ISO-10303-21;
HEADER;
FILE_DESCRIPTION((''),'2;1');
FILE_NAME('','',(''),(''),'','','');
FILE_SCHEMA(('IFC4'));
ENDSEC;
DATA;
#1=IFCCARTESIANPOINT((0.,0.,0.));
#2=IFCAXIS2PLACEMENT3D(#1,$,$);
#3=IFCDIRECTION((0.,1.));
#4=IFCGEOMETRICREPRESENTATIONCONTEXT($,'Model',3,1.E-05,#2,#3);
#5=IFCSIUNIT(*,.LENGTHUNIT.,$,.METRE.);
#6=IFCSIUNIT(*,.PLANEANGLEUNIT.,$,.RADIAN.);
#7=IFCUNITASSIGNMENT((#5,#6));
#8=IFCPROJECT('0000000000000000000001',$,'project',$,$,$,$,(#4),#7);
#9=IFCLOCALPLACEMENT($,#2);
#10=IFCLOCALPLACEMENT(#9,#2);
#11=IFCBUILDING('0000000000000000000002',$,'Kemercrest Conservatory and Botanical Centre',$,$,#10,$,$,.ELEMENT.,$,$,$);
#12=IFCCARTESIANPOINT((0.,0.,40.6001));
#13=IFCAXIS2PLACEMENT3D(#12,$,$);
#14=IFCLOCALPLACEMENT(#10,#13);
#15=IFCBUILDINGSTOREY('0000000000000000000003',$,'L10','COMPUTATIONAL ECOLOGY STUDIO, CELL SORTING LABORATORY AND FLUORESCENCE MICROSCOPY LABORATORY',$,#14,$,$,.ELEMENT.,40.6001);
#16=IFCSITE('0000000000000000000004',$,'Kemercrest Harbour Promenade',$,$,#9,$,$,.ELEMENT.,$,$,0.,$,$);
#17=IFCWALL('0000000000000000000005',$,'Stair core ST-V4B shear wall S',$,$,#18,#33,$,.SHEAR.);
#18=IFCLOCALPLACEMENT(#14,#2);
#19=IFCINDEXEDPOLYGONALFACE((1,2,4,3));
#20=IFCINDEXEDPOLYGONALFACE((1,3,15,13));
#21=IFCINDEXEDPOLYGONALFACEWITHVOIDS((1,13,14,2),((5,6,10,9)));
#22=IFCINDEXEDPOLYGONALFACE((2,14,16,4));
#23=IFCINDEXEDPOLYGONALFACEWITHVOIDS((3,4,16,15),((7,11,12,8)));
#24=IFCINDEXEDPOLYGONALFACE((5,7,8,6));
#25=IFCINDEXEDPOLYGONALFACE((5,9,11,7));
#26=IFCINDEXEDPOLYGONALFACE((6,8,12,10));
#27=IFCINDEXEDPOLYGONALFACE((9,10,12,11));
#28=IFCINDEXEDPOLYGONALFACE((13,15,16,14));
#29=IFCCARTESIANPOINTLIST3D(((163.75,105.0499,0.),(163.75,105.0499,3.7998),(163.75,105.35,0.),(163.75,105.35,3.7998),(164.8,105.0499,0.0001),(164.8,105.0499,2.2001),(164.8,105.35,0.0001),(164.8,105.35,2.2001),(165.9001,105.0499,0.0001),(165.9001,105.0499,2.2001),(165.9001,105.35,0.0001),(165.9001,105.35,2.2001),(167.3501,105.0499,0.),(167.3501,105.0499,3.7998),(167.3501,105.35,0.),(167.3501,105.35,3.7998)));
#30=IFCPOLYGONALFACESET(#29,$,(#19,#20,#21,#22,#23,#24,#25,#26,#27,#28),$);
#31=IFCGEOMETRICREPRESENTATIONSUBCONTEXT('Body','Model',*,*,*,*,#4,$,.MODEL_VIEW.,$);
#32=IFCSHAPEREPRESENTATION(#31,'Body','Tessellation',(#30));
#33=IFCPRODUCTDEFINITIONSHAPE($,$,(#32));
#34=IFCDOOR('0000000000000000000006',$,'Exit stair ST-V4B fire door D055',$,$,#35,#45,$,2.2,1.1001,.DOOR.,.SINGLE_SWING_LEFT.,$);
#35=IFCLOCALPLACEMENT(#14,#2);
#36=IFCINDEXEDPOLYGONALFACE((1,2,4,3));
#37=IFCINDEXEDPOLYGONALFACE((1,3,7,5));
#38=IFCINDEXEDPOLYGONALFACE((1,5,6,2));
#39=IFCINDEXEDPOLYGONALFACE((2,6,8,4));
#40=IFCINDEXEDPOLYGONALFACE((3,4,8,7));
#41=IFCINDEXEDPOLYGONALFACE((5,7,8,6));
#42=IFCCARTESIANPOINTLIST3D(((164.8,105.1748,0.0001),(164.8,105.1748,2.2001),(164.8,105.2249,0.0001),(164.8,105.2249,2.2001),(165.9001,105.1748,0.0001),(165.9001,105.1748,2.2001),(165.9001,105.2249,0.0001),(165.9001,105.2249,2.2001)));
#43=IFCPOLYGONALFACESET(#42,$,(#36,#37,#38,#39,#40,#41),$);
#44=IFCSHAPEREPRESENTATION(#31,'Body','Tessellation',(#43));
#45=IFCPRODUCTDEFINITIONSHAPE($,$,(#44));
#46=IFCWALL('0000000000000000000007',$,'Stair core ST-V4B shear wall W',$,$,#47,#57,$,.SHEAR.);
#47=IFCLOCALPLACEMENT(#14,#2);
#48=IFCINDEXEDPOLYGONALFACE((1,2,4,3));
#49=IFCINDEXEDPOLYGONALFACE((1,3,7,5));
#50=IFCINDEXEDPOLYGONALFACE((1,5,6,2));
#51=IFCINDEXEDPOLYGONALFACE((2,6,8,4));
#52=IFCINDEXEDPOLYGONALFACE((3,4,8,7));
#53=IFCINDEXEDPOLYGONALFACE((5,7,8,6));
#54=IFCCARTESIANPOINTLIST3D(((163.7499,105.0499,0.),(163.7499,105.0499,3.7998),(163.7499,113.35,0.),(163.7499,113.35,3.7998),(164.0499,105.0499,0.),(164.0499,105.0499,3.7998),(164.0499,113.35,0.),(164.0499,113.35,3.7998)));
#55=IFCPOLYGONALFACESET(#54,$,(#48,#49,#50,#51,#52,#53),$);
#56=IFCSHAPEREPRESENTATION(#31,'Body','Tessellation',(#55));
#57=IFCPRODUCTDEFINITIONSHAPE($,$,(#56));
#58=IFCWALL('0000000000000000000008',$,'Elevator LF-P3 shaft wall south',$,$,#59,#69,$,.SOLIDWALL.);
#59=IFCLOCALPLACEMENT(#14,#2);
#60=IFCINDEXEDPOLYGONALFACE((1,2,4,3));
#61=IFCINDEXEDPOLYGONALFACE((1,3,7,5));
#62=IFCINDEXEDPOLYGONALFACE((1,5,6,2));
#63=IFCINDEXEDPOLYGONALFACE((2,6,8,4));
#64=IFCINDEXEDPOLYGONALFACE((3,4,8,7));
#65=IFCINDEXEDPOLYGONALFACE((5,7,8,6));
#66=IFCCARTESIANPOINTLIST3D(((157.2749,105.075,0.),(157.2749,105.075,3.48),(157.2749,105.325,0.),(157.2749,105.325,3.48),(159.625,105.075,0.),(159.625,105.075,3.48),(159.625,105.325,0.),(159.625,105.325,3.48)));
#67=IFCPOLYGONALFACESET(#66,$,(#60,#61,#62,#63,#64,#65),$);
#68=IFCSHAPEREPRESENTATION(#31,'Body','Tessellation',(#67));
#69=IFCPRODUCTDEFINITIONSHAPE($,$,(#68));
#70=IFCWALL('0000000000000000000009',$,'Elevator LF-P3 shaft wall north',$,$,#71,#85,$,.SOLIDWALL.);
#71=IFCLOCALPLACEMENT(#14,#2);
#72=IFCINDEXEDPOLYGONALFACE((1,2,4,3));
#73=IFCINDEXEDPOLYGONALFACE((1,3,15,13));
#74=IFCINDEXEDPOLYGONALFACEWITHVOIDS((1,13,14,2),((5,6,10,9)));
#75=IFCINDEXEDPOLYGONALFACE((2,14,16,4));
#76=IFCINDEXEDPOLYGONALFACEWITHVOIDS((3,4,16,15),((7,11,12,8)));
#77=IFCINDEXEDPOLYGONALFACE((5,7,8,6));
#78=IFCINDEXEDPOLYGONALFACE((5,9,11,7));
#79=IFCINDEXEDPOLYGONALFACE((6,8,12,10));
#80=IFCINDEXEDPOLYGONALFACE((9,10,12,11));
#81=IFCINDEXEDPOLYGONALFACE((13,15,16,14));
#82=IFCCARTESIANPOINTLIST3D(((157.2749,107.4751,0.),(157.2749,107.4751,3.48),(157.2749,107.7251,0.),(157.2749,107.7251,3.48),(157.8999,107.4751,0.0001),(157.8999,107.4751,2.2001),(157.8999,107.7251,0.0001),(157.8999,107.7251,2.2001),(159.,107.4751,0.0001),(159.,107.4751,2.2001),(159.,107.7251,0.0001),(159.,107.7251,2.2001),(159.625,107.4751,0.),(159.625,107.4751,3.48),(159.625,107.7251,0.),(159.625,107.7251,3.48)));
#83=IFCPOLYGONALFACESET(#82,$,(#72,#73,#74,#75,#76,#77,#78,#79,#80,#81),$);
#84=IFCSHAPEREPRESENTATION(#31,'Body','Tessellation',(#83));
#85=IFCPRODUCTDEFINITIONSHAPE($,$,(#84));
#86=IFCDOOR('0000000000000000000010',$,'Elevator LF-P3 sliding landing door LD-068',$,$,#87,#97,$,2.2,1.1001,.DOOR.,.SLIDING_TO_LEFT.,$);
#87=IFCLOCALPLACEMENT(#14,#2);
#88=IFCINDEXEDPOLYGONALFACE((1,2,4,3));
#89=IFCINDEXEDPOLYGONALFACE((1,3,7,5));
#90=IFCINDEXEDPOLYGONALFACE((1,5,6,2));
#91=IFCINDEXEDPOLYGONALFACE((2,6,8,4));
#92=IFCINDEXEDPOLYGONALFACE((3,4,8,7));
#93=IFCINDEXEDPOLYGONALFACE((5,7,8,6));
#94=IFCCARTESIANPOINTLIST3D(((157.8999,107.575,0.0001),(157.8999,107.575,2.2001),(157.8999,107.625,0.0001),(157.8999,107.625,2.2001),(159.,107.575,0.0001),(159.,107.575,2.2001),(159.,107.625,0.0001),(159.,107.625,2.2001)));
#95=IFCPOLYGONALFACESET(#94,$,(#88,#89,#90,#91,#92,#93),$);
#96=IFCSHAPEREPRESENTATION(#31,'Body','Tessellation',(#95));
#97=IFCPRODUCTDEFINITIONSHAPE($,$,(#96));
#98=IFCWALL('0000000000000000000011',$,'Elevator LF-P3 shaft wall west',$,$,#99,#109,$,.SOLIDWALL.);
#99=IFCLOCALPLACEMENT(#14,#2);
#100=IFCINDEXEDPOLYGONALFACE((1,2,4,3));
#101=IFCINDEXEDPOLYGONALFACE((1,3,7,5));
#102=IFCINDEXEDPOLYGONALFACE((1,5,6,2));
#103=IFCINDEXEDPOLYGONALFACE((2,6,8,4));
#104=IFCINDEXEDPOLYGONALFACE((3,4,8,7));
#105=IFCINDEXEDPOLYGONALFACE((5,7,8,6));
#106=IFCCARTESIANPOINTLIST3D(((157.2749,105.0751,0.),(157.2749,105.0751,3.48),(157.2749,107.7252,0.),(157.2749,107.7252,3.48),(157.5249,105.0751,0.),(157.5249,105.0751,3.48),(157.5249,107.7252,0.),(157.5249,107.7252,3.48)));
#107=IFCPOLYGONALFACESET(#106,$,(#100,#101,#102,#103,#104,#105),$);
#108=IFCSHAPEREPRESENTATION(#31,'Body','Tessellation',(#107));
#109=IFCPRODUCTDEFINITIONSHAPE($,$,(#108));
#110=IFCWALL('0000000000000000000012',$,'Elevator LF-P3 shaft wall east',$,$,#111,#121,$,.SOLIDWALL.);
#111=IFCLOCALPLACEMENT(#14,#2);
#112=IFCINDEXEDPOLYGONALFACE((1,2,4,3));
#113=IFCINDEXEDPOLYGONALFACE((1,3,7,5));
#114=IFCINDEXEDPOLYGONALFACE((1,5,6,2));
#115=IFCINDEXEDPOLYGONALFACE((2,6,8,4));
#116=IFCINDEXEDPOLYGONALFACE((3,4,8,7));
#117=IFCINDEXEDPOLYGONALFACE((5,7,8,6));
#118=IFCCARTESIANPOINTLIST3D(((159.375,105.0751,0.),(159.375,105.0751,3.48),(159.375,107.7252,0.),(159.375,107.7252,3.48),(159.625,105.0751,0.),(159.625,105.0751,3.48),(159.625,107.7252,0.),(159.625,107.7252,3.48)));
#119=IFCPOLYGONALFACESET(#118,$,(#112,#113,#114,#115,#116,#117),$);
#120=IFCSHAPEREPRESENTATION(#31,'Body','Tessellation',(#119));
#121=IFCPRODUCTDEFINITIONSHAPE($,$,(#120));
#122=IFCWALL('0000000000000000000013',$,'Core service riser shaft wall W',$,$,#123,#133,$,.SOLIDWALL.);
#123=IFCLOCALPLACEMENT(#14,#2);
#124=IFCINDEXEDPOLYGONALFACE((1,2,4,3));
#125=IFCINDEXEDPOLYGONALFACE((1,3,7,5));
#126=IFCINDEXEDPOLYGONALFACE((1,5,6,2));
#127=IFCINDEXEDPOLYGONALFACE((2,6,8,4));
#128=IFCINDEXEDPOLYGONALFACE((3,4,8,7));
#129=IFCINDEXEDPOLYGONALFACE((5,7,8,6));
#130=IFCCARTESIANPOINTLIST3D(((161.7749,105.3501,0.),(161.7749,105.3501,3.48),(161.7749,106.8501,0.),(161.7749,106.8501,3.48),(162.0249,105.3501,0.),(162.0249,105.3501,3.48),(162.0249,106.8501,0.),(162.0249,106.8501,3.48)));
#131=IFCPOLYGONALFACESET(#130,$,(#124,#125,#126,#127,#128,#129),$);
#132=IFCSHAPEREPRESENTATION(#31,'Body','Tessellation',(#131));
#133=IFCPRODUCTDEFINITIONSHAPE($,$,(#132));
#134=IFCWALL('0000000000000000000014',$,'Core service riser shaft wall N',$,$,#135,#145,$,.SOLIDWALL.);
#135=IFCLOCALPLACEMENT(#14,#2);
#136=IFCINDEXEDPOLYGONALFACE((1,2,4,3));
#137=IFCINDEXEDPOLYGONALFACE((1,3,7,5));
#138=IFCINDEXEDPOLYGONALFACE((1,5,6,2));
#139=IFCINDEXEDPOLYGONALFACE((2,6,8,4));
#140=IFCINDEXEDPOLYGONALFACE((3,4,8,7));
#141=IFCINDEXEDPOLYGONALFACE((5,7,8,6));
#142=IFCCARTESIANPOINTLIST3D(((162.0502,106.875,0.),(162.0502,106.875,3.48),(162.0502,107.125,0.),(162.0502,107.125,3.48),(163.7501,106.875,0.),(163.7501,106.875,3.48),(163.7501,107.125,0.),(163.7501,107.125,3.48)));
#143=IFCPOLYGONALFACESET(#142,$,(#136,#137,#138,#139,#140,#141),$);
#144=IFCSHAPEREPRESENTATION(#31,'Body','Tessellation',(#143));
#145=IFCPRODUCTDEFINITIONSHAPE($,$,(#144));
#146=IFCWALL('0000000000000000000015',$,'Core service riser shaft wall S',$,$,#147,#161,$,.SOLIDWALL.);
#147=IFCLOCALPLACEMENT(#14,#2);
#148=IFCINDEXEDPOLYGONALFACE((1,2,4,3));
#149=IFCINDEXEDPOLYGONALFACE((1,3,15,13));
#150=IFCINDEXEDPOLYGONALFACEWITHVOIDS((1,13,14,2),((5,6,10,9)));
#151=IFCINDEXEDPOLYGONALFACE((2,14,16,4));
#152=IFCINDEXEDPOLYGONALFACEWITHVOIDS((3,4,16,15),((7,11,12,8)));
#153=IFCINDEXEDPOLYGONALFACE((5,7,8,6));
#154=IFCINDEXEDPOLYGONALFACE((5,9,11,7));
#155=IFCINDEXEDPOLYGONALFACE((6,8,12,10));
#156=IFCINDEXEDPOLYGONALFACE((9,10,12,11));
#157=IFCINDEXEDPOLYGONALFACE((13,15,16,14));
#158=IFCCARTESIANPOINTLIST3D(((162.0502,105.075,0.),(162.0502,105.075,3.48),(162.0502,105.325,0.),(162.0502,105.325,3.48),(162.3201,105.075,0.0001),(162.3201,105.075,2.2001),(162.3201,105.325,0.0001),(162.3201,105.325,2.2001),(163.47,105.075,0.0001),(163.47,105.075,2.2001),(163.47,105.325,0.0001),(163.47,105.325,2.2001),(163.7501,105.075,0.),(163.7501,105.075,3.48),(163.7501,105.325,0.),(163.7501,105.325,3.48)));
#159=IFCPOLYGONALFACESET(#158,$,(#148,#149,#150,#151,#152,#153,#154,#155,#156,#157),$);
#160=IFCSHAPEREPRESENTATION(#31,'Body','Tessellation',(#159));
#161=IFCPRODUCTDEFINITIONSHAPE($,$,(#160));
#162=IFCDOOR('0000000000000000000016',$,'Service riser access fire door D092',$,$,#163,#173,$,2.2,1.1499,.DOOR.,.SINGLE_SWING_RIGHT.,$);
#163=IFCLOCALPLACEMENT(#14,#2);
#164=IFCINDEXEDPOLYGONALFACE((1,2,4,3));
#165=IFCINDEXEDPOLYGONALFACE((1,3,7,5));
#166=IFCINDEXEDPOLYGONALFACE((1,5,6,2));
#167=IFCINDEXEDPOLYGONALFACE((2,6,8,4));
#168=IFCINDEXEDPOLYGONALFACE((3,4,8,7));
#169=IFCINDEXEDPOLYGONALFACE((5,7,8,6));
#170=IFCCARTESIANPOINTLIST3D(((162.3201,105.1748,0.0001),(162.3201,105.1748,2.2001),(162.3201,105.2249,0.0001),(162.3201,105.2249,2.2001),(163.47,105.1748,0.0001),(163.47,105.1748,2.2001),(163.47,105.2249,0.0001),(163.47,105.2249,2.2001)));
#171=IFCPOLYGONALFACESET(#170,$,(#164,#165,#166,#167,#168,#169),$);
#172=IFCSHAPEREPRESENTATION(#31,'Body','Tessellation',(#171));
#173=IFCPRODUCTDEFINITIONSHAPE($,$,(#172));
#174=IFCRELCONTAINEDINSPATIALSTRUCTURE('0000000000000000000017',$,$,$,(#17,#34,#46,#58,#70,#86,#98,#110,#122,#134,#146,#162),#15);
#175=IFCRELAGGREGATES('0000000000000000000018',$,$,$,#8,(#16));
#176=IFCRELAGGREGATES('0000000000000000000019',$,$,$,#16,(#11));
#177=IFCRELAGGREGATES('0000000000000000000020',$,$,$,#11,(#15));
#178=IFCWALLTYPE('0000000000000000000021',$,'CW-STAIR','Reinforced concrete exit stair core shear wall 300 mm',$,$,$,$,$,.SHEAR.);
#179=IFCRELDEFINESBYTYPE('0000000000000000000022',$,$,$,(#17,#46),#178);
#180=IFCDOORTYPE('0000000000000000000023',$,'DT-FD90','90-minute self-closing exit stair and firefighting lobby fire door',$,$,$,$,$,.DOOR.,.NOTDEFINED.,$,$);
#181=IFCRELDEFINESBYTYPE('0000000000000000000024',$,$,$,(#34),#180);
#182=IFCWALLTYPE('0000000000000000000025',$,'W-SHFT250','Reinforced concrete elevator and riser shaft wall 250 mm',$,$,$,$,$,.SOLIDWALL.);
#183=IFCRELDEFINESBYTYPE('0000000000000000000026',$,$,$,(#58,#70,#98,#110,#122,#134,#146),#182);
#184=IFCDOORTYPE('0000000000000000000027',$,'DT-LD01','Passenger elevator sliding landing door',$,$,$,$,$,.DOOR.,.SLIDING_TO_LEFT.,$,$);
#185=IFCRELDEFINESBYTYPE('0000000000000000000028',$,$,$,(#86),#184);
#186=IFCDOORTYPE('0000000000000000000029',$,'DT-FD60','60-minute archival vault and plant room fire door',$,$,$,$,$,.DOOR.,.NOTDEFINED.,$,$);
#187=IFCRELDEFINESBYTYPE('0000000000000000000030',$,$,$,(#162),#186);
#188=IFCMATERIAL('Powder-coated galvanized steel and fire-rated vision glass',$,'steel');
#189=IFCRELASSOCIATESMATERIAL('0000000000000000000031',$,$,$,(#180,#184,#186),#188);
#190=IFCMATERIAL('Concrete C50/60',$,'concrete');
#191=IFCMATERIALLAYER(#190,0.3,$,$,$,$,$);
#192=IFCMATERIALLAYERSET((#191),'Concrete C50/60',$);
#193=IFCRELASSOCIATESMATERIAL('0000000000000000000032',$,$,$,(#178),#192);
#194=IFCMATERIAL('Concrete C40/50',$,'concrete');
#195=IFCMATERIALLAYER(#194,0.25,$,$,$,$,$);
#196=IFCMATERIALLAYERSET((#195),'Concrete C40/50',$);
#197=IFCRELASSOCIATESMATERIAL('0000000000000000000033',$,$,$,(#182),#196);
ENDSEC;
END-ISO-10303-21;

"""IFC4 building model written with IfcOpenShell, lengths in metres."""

from ifc_helpers import new_model, si_unit, direction, frame, frame_2d, origin, place, context, subcontext, project, spatial, rectangle, extrude, material, layer, layer_set, type_object, element, fill, save


model = new_model("IFC4")

# Units and contexts
model_context = context("Model", 3, precision=1e-05, world=origin(), true_north=direction((0.0, 1.0)))
body_context = subcontext(model_context, "Body", "Model", "MODEL_VIEW")
ifc_project = project(units=[si_unit("LENGTHUNIT", "METRE"), si_unit("PLANEANGLEUNIT", "RADIAN")], contexts=[model_context])

# Site, building, storey
site_placement = place(None, origin())
site = spatial("IfcSite", under=ifc_project, at=site_placement, Name="Kemercrest Harbour Promenade", CompositionType="ELEMENT", RefElevation=0.0)
building_placement = place(site_placement, origin())
building = spatial("IfcBuilding", under=site, at=building_placement, Name="Kemercrest Conservatory and Botanical Centre", CompositionType="ELEMENT")
storey_placement = place(building_placement, frame((0.0, 0.0, 40.6001)))
storey = spatial("IfcBuildingStorey", under=building, at=storey_placement, Name="L10", Description="COMPUTATIONAL ECOLOGY STUDIO, CELL SORTING LABORATORY AND FLUORESCENCE MICROSCOPY LABORATORY", CompositionType="ELEMENT", Elevation=40.6001)

# Shared definitions
ifc_material_1 = material(Name="Concrete C50/60", Category="concrete")

# Shared definitions
ifc_material_2 = material(Name="Concrete C40/50", Category="concrete")

# Shared definitions
ifc_material_3 = material(Name="Powder-coated galvanized steel and fire-rated vision glass", Category="steel")
door_type_1 = type_object("IfcDoorType", Name="DT-FD90", Description="90-minute self-closing exit stair and firefighting lobby fire door", OperationType="NOTDEFINED", PredefinedType="DOOR", material=ifc_material_3)

# Shared definitions
ifc_layer_1 = layer(ifc_material_1, 0.3)
ifc_layer_set_1 = layer_set([ifc_layer_1], Name="Concrete C50/60")
wall_type_1 = type_object("IfcWallType", Name="CW-STAIR", Description="Reinforced concrete exit stair core shear wall 300 mm", PredefinedType="SHEAR", material=ifc_layer_set_1)

# Wall, opening, door
wall_1_placement = place(storey_placement, frame((163.75, 105.2, 0.0), z_axis=(0.0, 0.0, 1.0), x_axis=(1.0, 0.0, 0.0)))
wall_1 = element("IfcWall", 1, at=wall_1_placement, inside=storey, type_object=wall_type_1, Name="Stair core ST-V4B shear wall S", PredefinedType="SHEAR", context=body_context, shape_type="SweptSolid", body=[
    extrude(rectangle(XDim=3.6001, YDim=0.3, at=frame_2d((1.8, 0.0))), origin(), (0.0, 0.0, 1.0), 3.7998),
])
opening_1_placement = place(wall_1_placement, frame((1.05, 0.0, 0.0)))
opening_1 = element("IfcOpeningElement", 2, at=opening_1_placement, cuts=wall_1, PredefinedType="OPENING", context=body_context, shape_type="SweptSolid", body=[
    extrude(rectangle(XDim=1.1001, YDim=2.2, at=frame_2d((0.55, 1.1001))), frame((0.0, 0.1602, 0.0), z_axis=(0.0, -1.0, 0.0), x_axis=(1.0, 0.0, 0.0)), (0.0, 0.0, 1.0), 0.3201),
])
door_1_placement = place(opening_1_placement, origin())
door_1 = element("IfcDoor", 3, at=door_1_placement, inside=storey, type_object=door_type_1, Name="Exit stair ST-V4B fire door D055", OperationType="SINGLE_SWING_LEFT", OverallHeight=2.2, OverallWidth=1.1001, PredefinedType="DOOR", context=body_context, shape_type="SweptSolid", body=[
    extrude(rectangle(XDim=1.1001, YDim=2.2, at=frame_2d((0.55, 1.1001))), frame((0.0, 0.0249, 0.0), z_axis=(0.0, -1.0, 0.0), x_axis=(1.0, 0.0, 0.0)), (0.0, 0.0, 1.0), 0.05),
])
fill(opening_1, door_1)

# Walls
wall_2_placement = place(storey_placement, frame((163.8999, 105.05, 0.0), z_axis=(0.0, 0.0, 1.0), x_axis=(0.0, 1.0, 0.0)))
element("IfcWall", 4, at=wall_2_placement, inside=storey, type_object=wall_type_1, Name="Stair core ST-V4B shear wall W", PredefinedType="SHEAR", context=body_context, shape_type="SweptSolid", body=[
    extrude(rectangle(XDim=8.3, YDim=0.3, at=frame_2d((4.1499, 0.0))), origin(), (0.0, 0.0, 1.0), 3.7998),
])
ifc_layer_2 = layer(ifc_material_2, 0.25)
ifc_layer_set_2 = layer_set([ifc_layer_2], Name="Concrete C40/50")
wall_type_2 = type_object("IfcWallType", Name="W-SHFT250", Description="Reinforced concrete elevator and riser shaft wall 250 mm", PredefinedType="SOLIDWALL", material=ifc_layer_set_2)
wall_3_placement = place(storey_placement, frame((157.2749, 105.2, 0.0), z_axis=(0.0, 0.0, 1.0), x_axis=(1.0, 0.0, 0.0)))
element("IfcWall", 5, at=wall_3_placement, inside=storey, type_object=wall_type_2, Name="Elevator LF-P3 shaft wall south", PredefinedType="SOLIDWALL", context=body_context, shape_type="SweptSolid", body=[
    extrude(rectangle(XDim=2.3501, YDim=0.25, at=frame_2d((1.175, 0.0))), origin(), (0.0, 0.0, 1.0), 3.48),
])

# Wall, opening, door
wall_4_placement = place(storey_placement, frame((157.2749, 107.6001, 0.0), z_axis=(0.0, 0.0, 1.0), x_axis=(1.0, 0.0, 0.0)))
wall_4 = element("IfcWall", 6, at=wall_4_placement, inside=storey, type_object=wall_type_2, Name="Elevator LF-P3 shaft wall north", PredefinedType="SOLIDWALL", context=body_context, shape_type="SweptSolid", body=[
    extrude(rectangle(XDim=2.3501, YDim=0.25, at=frame_2d((1.175, 0.0))), origin(), (0.0, 0.0, 1.0), 3.48),
])
opening_2_placement = place(wall_4_placement, frame((0.625, 0.0, 0.0)))
opening_2 = element("IfcOpeningElement", 7, at=opening_2_placement, cuts=wall_4, PredefinedType="OPENING", context=body_context, shape_type="SweptSolid", body=[
    extrude(rectangle(XDim=1.1001, YDim=2.2, at=frame_2d((0.55, 1.1001))), frame((0.0, 0.135, 0.0), z_axis=(0.0, -1.0, 0.0), x_axis=(1.0, 0.0, 0.0)), (0.0, 0.0, 1.0), 0.27),
])
door_type_2 = type_object("IfcDoorType", Name="DT-LD01", Description="Passenger elevator sliding landing door", OperationType="SLIDING_TO_LEFT", PredefinedType="DOOR", material=ifc_material_3)
door_2_placement = place(opening_2_placement, origin())
door_2 = element("IfcDoor", 8, at=door_2_placement, inside=storey, type_object=door_type_2, Name="Elevator LF-P3 sliding landing door LD-068", OperationType="SLIDING_TO_LEFT", OverallHeight=2.2, OverallWidth=1.1001, PredefinedType="DOOR", context=body_context, shape_type="SweptSolid", body=[
    extrude(rectangle(XDim=1.1001, YDim=2.2, at=frame_2d((0.55, 1.1001))), frame((0.0, 0.0249, 0.0), z_axis=(0.0, -1.0, 0.0), x_axis=(1.0, 0.0, 0.0)), (0.0, 0.0, 1.0), 0.05),
])
fill(opening_2, door_2)

# Walls
for number, where, z_axis, x_axis, name in (
    (9, (157.3999, 105.075, 0.0), (0.0, 0.0, 1.0), (0.0, 1.0, 0.0), "Elevator LF-P3 shaft wall west"),
    (10, (159.5, 105.075, 0.0), (0.0, 0.0, 1.0), (0.0, 1.0, 0.0), "Elevator LF-P3 shaft wall east"),
):
    element("IfcWall", number, at=place(storey_placement, frame(where, z_axis=z_axis, x_axis=x_axis)), inside=storey, type_object=wall_type_2, Name=name, PredefinedType="SOLIDWALL", context=body_context, shape_type="SweptSolid", body=[
        extrude(rectangle(XDim=2.6501, YDim=0.25, at=frame_2d((1.3252, 0.0))), origin(), (0.0, 0.0, 1.0), 3.48),
    ])
wall_5_placement = place(storey_placement, frame((161.8999, 105.3501, 0.0), z_axis=(0.0, 0.0, 1.0), x_axis=(0.0, 1.0, 0.0)))
element("IfcWall", 11, at=wall_5_placement, inside=storey, type_object=wall_type_2, Name="Core service riser shaft wall W", PredefinedType="SOLIDWALL", context=body_context, shape_type="SweptSolid", body=[
    extrude(rectangle(XDim=1.5, YDim=0.25, at=frame_2d((0.75, 0.0))), origin(), (0.0, 0.0, 1.0), 3.48),
])
wall_6_placement = place(storey_placement, frame((162.05, 107.0, 0.0), z_axis=(0.0, 0.0, 1.0), x_axis=(1.0, 0.0, 0.0)))
element("IfcWall", 12, at=wall_6_placement, inside=storey, type_object=wall_type_2, Name="Core service riser shaft wall N", PredefinedType="SOLIDWALL", context=body_context, shape_type="SweptSolid", body=[
    extrude(rectangle(XDim=1.7, YDim=0.25, at=frame_2d((0.8501, 0.0))), origin(), (0.0, 0.0, 1.0), 3.48),
])

# Wall, opening, door
wall_7_placement = place(storey_placement, frame((162.05, 105.2, 0.0), z_axis=(0.0, 0.0, 1.0), x_axis=(1.0, 0.0, 0.0)))
wall_7 = element("IfcWall", 13, at=wall_7_placement, inside=storey, type_object=wall_type_2, Name="Core service riser shaft wall S", PredefinedType="SOLIDWALL", context=body_context, shape_type="SweptSolid", body=[
    extrude(rectangle(XDim=1.7, YDim=0.25, at=frame_2d((0.8501, 0.0))), origin(), (0.0, 0.0, 1.0), 3.48),
])
opening_3_placement = place(wall_7_placement, frame((0.27, 0.0, 0.0)))
opening_3 = element("IfcOpeningElement", 14, at=opening_3_placement, cuts=wall_7, PredefinedType="OPENING", context=body_context, shape_type="SweptSolid", body=[
    extrude(rectangle(XDim=1.1499, YDim=2.2, at=frame_2d((0.575, 1.1001))), frame((0.0, 0.135, 0.0), z_axis=(0.0, -1.0, 0.0), x_axis=(1.0, 0.0, 0.0)), (0.0, 0.0, 1.0), 0.27),
])
door_type_3 = type_object("IfcDoorType", Name="DT-FD60", Description="60-minute archival vault and plant room fire door", OperationType="NOTDEFINED", PredefinedType="DOOR", material=ifc_material_3)
door_3_placement = place(opening_3_placement, origin())
door_3 = element("IfcDoor", 15, at=door_3_placement, inside=storey, type_object=door_type_3, Name="Service riser access fire door D092", OperationType="SINGLE_SWING_RIGHT", OverallHeight=2.2, OverallWidth=1.1499, PredefinedType="DOOR", context=body_context, shape_type="SweptSolid", body=[
    extrude(rectangle(XDim=1.1499, YDim=2.2, at=frame_2d((0.575, 1.1001))), frame((0.0, 0.0249, 0.0), z_axis=(0.0, -1.0, 0.0), x_axis=(1.0, 0.0, 0.0)), (0.0, 0.0, 1.0), 0.05),
])
fill(opening_3, door_3)

save(model, "model.ifc")
